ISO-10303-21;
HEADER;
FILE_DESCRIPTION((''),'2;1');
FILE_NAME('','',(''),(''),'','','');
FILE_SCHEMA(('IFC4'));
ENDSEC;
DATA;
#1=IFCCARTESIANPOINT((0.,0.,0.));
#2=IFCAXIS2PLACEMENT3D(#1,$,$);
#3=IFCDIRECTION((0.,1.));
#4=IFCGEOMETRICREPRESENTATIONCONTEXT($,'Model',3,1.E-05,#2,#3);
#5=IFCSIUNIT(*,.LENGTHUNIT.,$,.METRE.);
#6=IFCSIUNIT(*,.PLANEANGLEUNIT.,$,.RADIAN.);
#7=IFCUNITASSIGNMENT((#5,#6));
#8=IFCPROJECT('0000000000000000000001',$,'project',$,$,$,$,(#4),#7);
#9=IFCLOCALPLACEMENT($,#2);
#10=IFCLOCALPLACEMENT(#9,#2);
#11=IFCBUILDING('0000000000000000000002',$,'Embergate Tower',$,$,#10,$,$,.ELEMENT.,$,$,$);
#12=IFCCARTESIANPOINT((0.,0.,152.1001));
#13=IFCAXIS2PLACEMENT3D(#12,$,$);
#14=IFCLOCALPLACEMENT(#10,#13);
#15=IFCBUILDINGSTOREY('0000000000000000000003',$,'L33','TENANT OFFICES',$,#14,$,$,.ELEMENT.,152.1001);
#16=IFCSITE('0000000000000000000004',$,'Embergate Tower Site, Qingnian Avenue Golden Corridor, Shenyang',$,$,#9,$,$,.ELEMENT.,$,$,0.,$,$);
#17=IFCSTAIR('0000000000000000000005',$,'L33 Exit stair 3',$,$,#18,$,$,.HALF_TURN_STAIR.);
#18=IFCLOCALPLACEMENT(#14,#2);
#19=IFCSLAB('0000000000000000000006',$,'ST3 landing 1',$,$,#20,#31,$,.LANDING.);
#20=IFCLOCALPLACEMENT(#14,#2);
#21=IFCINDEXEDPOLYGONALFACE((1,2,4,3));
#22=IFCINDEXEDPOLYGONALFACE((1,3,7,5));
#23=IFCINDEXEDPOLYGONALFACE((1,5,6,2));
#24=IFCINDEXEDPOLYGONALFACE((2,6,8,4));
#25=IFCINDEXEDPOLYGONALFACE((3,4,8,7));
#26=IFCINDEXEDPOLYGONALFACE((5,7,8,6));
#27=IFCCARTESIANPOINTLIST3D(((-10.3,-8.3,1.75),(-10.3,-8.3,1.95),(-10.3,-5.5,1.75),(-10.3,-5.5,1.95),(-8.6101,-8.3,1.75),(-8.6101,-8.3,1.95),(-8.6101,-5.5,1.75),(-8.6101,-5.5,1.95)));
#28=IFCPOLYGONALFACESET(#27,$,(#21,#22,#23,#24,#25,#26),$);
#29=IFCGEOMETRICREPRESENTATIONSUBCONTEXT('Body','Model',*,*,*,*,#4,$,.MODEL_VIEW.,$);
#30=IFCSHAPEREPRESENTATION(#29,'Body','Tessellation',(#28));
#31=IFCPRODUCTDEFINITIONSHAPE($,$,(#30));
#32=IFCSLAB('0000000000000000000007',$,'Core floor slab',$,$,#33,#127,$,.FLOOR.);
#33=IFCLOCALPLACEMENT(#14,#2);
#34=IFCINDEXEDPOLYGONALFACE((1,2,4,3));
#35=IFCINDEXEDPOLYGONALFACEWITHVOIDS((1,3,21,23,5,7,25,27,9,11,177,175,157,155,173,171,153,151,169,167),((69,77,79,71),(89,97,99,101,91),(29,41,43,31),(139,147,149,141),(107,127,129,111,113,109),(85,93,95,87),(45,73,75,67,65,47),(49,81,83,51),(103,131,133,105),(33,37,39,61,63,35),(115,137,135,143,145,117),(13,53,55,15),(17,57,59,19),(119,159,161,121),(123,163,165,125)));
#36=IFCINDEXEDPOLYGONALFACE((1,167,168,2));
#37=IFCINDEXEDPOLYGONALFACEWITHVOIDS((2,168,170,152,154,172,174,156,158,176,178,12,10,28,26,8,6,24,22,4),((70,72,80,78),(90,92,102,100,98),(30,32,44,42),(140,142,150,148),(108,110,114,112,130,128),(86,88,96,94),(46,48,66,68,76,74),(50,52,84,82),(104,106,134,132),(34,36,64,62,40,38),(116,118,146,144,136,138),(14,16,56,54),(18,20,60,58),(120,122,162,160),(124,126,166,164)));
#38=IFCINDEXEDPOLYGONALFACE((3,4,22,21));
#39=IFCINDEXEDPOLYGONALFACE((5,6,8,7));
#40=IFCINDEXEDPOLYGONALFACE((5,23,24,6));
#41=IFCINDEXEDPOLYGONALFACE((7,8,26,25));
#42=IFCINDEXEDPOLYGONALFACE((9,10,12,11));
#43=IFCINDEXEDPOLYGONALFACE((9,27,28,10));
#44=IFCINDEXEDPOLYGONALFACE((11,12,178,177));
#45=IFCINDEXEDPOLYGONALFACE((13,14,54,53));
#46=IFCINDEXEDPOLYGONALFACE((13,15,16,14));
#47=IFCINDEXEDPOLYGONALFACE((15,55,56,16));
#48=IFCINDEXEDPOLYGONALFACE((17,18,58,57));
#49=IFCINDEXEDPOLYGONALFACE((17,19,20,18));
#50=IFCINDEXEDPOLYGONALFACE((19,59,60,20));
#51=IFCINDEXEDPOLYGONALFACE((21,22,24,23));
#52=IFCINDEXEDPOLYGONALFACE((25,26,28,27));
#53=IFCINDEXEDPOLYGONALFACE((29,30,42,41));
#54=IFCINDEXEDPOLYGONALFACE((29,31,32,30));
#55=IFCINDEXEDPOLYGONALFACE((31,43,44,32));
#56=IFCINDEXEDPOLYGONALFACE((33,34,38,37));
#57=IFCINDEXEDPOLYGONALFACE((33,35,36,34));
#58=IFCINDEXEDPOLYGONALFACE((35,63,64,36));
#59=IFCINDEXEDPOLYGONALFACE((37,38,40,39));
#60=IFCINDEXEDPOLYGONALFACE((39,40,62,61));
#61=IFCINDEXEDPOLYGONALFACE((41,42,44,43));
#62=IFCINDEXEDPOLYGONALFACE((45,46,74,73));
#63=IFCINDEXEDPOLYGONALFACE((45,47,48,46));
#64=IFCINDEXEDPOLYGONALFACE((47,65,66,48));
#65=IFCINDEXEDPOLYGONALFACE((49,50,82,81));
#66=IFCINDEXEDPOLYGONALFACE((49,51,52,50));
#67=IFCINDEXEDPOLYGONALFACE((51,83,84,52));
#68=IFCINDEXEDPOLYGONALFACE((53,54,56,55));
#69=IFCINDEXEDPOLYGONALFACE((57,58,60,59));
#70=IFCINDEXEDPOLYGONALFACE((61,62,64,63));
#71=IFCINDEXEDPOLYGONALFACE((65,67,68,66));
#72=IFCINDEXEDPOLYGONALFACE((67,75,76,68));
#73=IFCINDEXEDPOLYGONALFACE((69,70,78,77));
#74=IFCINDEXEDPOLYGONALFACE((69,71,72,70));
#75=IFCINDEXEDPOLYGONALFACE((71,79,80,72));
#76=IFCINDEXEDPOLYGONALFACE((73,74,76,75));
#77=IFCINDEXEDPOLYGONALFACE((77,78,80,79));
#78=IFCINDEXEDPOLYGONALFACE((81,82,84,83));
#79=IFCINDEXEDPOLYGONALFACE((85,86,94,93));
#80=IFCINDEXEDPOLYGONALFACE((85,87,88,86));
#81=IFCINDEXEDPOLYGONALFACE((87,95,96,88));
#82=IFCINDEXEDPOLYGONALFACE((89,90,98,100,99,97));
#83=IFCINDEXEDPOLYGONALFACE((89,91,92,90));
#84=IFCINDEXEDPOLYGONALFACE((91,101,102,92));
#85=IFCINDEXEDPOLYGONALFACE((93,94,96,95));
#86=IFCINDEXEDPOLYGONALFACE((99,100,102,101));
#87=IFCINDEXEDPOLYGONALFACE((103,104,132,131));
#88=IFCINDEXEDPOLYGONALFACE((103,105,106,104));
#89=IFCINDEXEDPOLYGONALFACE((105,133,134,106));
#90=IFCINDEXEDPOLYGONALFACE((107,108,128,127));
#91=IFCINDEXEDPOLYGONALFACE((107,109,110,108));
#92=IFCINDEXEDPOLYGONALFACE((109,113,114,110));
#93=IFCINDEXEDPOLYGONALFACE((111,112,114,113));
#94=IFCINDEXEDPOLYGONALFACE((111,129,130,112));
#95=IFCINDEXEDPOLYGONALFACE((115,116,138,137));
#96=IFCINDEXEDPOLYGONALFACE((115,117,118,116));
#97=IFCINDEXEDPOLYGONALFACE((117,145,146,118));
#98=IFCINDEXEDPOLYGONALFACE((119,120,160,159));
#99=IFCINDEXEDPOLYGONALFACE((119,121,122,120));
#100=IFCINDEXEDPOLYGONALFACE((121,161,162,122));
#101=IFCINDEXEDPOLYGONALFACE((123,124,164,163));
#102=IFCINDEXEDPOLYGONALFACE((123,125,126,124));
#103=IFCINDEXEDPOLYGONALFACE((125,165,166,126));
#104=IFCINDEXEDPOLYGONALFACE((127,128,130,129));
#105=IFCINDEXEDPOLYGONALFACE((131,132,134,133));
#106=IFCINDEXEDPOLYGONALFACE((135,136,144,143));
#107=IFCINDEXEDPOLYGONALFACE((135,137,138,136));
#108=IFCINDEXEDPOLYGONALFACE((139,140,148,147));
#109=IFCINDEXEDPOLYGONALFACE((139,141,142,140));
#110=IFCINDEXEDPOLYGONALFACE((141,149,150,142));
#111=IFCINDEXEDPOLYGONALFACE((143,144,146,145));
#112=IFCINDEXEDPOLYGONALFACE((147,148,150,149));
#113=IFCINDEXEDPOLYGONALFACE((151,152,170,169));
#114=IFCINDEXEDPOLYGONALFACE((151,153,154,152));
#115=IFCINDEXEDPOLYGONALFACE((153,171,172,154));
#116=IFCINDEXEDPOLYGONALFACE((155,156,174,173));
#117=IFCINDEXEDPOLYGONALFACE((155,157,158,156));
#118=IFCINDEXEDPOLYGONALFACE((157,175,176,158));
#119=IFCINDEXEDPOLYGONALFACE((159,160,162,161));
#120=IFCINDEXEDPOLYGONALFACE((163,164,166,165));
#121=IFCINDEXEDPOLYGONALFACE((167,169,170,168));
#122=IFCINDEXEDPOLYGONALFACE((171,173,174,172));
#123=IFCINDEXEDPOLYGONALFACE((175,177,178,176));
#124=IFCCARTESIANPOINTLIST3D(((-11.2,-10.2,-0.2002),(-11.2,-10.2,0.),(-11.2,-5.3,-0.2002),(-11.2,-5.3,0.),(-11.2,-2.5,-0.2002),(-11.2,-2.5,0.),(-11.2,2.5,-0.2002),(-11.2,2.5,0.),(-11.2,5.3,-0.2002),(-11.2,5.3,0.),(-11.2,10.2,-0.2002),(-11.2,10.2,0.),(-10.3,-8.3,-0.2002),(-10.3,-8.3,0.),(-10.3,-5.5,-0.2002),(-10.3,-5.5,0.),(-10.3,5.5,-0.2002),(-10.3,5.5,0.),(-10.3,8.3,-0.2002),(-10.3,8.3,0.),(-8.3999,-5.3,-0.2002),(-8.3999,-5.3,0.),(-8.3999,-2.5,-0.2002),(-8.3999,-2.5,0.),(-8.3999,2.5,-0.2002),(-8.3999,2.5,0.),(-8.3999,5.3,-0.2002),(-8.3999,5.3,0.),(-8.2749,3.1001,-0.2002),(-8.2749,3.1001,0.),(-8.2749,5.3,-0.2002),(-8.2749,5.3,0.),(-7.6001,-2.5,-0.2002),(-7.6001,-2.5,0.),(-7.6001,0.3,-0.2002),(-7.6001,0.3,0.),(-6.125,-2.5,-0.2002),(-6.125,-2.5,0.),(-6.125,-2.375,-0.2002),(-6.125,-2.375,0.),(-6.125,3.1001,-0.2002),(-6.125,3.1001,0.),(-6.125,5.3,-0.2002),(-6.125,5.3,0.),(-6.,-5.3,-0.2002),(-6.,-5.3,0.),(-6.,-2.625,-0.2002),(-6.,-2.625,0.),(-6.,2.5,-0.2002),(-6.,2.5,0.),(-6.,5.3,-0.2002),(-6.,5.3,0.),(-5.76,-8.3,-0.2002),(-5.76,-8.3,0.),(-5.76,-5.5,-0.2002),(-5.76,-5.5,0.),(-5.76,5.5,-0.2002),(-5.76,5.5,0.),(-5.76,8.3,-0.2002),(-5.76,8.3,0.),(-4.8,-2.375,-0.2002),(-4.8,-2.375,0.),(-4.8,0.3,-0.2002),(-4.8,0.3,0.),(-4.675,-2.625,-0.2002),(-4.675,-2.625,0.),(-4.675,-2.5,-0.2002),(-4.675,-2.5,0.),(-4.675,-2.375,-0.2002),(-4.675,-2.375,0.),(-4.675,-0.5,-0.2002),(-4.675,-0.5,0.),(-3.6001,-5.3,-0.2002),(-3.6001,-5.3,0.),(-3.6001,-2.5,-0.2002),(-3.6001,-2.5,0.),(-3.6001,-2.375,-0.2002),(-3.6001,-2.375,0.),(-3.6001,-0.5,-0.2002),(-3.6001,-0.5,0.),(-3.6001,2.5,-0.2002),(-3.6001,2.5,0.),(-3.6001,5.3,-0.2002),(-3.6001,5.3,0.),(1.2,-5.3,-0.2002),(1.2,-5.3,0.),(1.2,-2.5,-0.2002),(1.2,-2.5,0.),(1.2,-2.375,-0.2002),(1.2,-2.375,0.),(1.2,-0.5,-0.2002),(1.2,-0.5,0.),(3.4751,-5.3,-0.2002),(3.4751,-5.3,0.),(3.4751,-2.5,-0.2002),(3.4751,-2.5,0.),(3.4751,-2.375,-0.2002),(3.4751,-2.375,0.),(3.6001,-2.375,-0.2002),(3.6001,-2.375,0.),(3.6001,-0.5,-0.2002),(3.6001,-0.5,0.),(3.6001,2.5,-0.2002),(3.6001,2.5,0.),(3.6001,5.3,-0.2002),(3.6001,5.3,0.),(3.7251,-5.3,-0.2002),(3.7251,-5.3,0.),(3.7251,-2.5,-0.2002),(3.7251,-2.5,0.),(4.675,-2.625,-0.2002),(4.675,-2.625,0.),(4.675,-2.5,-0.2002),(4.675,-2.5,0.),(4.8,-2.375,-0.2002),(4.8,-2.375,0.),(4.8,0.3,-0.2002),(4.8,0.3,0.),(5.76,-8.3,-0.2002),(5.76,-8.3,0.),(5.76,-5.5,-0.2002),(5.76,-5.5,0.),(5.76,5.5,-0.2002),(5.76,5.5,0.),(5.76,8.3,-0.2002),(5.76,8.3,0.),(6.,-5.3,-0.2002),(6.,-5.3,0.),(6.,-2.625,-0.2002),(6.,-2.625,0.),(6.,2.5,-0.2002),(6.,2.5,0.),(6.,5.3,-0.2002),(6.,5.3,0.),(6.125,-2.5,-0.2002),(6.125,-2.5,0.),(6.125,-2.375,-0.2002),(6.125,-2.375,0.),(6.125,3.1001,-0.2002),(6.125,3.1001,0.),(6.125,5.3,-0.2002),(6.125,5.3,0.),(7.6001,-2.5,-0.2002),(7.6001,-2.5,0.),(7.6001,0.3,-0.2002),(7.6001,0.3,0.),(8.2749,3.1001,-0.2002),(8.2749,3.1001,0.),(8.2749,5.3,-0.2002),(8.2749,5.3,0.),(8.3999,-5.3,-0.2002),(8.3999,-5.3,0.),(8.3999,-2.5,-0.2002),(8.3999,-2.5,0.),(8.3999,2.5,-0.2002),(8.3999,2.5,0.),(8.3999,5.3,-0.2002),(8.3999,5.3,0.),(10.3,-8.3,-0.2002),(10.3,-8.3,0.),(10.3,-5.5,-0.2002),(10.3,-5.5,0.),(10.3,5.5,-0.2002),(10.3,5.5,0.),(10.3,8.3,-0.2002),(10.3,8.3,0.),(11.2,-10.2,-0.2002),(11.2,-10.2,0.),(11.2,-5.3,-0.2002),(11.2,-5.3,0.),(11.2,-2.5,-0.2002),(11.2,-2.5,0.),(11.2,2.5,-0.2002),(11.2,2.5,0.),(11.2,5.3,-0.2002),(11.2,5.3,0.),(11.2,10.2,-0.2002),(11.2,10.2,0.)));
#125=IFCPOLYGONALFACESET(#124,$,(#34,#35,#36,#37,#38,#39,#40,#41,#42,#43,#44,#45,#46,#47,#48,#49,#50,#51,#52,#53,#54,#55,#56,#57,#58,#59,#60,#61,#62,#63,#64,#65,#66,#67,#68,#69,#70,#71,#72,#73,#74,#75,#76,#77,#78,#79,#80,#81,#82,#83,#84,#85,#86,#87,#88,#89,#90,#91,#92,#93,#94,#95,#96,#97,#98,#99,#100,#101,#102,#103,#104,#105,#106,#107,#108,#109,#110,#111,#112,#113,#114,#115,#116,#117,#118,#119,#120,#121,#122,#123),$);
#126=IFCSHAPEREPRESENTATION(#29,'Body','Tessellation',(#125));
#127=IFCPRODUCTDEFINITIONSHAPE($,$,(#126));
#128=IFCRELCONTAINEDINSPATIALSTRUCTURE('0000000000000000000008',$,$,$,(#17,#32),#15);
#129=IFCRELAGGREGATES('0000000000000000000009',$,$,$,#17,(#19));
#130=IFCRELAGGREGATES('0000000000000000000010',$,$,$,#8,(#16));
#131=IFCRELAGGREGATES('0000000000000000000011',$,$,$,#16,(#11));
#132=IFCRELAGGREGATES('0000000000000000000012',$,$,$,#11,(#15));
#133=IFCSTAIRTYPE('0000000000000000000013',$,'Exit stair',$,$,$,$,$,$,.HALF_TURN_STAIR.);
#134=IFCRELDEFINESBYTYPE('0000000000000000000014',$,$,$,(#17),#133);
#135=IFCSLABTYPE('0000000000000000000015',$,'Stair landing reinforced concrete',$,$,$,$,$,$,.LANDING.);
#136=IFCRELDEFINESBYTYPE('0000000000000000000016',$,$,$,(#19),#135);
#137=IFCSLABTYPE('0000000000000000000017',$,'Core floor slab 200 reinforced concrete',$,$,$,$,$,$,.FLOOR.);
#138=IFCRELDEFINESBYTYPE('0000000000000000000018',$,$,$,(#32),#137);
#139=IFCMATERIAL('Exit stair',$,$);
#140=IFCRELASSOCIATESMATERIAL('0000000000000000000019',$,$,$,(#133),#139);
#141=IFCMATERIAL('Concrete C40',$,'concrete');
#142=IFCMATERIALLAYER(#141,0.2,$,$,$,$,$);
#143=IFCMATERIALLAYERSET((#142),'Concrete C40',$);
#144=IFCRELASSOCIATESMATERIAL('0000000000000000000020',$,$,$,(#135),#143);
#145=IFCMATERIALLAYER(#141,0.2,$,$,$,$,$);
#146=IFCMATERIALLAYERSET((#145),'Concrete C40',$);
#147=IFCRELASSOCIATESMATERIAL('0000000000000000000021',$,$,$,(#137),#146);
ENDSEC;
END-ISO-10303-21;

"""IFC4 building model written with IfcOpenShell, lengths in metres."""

from ifc_helpers import new_model, si_unit, direction, frame, origin, place, context, subcontext, project, spatial, polyline, outline, extrude, source, transform, mapped, material, layer, layer_set, type_object, element, aggregate, save


model = new_model("IFC4")

# Units and contexts
model_context = context("Model", 3, precision=1e-05, world=origin(), true_north=direction((0.0, 1.0)))
body_context = subcontext(model_context, "Body", "Model", "MODEL_VIEW")
ifc_project = project(units=[si_unit("LENGTHUNIT", "METRE"), si_unit("PLANEANGLEUNIT", "RADIAN")], contexts=[model_context])

# Site, building, storey
site_placement = place(None, origin())
site = spatial("IfcSite", under=ifc_project, at=site_placement, Name="Embergate Tower Site, Qingnian Avenue Golden Corridor, Shenyang", CompositionType="ELEMENT", RefElevation=0.0)
building_placement = place(site_placement, origin())
building = spatial("IfcBuilding", under=site, at=building_placement, Name="Embergate Tower", CompositionType="ELEMENT")
storey_placement = place(building_placement, frame((0.0, 0.0, 152.1001)))
storey = spatial("IfcBuildingStorey", under=building, at=storey_placement, Name="L33", Description="TENANT OFFICES", CompositionType="ELEMENT", Elevation=152.1001)

# Stair, slab
ifc_material_1 = material(Name="Exit stair")
stair_type = type_object("IfcStairType", Name="Exit stair", PredefinedType="HALF_TURN_STAIR", material=ifc_material_1)
stair_placement = place(storey_placement, origin())
stair = element("IfcStair", 1, at=stair_placement, inside=storey, type_object=stair_type, Name="L33 Exit stair 3", PredefinedType="HALF_TURN_STAIR")
ifc_material_2 = material(Name="Concrete C40", Category="concrete")
ifc_layer_1 = layer(ifc_material_2, 0.2)
ifc_layer_set_1 = layer_set([ifc_layer_1], Name="Concrete C40")
slab_type_1 = type_object("IfcSlabType", Name="Stair landing reinforced concrete", PredefinedType="LANDING", material=ifc_layer_set_1)
shared_shape_1 = source(origin(), body_context, "Body", "SweptSolid", [
    extrude(outline(polyline([(0.0, 0.0), (1.6899, 0.0), (1.6899, 2.8), (0.0, 2.8), (0.0, 0.0)])), origin(), (0.0, 0.0, 1.0), 0.2),
])
slab_1_placement = place(storey_placement, frame((-10.3, -8.3, 1.75)))
slab_1 = element("IfcSlab", 2, at=slab_1_placement, type_object=slab_type_1, Name="ST3 landing 1", PredefinedType="LANDING", context=body_context, shape_type="MappedRepresentation", body=[
    mapped(shared_shape_1, transform((0.0, 0.0, 0.0))),
])

# Slab
ifc_layer_2 = layer(ifc_material_2, 0.2)
ifc_layer_set_2 = layer_set([ifc_layer_2], Name="Concrete C40")
slab_type_2 = type_object("IfcSlabType", Name="Core floor slab 200 reinforced concrete", PredefinedType="FLOOR", material=ifc_layer_set_2)
shared_shape_2 = source(origin(), body_context, "Body", "SweptSolid", [
    extrude(outline(polyline([(0.0, 0.0), (22.3999, 0.0), (22.3999, 4.8999), (19.5999, 4.8999), (19.5999, 7.7), (22.3999, 7.7), (22.3999, 12.7), (19.5999, 12.7), (19.5999, 15.5), (22.3999, 15.5), (22.3999, 20.3999), (0.0, 20.3999), (0.0, 15.5), (2.8, 15.5), (2.8, 12.7), (0.0, 12.7), (0.0, 7.7), (2.8, 7.7), (2.8, 4.8999), (0.0, 4.8999), (0.0, 0.0)]), holes=[polyline([(0.8999, 1.8999), (0.8999, 4.7), (5.4399, 4.7), (5.4399, 1.8999), (0.8999, 1.8999)]), polyline([(16.96, 1.8999), (16.96, 4.7), (21.5, 4.7), (21.5, 1.8999), (16.96, 1.8999)]), polyline([(5.2, 4.8999), (5.2, 7.575), (6.5249, 7.575), (6.5249, 7.7), (7.5999, 7.7), (7.5999, 4.8999), (5.2, 4.8999)]), polyline([(12.3999, 4.8999), (12.3999, 7.7), (14.675, 7.7), (14.675, 4.8999), (12.3999, 4.8999)]), polyline([(14.925, 4.8999), (14.925, 7.7), (15.875, 7.7), (15.875, 7.575), (17.2, 7.575), (17.2, 4.8999), (14.925, 4.8999)]), polyline([(3.5999, 7.7), (3.5999, 10.5), (6.3999, 10.5), (6.3999, 7.825), (5.075, 7.825), (5.075, 7.7), (3.5999, 7.7)]), polyline([(17.325, 7.7), (17.325, 7.825), (16.0, 7.825), (16.0, 10.5), (18.8, 10.5), (18.8, 7.7), (17.325, 7.7)]), polyline([(6.5249, 7.825), (6.5249, 9.7), (7.5999, 9.7), (7.5999, 7.825), (6.5249, 7.825)]), polyline([(12.3999, 7.825), (12.3999, 9.7), (14.8, 9.7), (14.8, 7.825), (14.675, 7.825), (12.3999, 7.825)]), polyline([(5.2, 12.7), (5.2, 15.5), (7.5999, 15.5), (7.5999, 12.7), (5.2, 12.7)]), polyline([(14.8, 12.7), (14.8, 15.5), (17.2, 15.5), (17.2, 12.7), (14.8, 12.7)]), polyline([(2.925, 13.3), (2.925, 15.5), (5.075, 15.5), (5.075, 13.3), (2.925, 13.3)]), polyline([(17.325, 13.3), (17.325, 15.5), (19.4749, 15.5), (19.4749, 13.3), (17.325, 13.3)]), polyline([(0.8999, 15.7), (0.8999, 18.5), (5.4399, 18.5), (5.4399, 15.7), (0.8999, 15.7)]), polyline([(16.96, 15.7), (16.96, 18.5), (21.5, 18.5), (21.5, 15.7), (16.96, 15.7)])]), origin(), (0.0, 0.0, 1.0), 0.2002),
])
slab_2_placement = place(storey_placement, frame((-11.2, -10.2, -0.2002)))
element("IfcSlab", 3, at=slab_2_placement, inside=storey, type_object=slab_type_2, Name="Core floor slab", PredefinedType="FLOOR", context=body_context, shape_type="MappedRepresentation", body=[
    mapped(shared_shape_2, transform((0.0, 0.0, 0.0))),
])

aggregate(stair, [slab_1])

save(model, "model.ifc")
